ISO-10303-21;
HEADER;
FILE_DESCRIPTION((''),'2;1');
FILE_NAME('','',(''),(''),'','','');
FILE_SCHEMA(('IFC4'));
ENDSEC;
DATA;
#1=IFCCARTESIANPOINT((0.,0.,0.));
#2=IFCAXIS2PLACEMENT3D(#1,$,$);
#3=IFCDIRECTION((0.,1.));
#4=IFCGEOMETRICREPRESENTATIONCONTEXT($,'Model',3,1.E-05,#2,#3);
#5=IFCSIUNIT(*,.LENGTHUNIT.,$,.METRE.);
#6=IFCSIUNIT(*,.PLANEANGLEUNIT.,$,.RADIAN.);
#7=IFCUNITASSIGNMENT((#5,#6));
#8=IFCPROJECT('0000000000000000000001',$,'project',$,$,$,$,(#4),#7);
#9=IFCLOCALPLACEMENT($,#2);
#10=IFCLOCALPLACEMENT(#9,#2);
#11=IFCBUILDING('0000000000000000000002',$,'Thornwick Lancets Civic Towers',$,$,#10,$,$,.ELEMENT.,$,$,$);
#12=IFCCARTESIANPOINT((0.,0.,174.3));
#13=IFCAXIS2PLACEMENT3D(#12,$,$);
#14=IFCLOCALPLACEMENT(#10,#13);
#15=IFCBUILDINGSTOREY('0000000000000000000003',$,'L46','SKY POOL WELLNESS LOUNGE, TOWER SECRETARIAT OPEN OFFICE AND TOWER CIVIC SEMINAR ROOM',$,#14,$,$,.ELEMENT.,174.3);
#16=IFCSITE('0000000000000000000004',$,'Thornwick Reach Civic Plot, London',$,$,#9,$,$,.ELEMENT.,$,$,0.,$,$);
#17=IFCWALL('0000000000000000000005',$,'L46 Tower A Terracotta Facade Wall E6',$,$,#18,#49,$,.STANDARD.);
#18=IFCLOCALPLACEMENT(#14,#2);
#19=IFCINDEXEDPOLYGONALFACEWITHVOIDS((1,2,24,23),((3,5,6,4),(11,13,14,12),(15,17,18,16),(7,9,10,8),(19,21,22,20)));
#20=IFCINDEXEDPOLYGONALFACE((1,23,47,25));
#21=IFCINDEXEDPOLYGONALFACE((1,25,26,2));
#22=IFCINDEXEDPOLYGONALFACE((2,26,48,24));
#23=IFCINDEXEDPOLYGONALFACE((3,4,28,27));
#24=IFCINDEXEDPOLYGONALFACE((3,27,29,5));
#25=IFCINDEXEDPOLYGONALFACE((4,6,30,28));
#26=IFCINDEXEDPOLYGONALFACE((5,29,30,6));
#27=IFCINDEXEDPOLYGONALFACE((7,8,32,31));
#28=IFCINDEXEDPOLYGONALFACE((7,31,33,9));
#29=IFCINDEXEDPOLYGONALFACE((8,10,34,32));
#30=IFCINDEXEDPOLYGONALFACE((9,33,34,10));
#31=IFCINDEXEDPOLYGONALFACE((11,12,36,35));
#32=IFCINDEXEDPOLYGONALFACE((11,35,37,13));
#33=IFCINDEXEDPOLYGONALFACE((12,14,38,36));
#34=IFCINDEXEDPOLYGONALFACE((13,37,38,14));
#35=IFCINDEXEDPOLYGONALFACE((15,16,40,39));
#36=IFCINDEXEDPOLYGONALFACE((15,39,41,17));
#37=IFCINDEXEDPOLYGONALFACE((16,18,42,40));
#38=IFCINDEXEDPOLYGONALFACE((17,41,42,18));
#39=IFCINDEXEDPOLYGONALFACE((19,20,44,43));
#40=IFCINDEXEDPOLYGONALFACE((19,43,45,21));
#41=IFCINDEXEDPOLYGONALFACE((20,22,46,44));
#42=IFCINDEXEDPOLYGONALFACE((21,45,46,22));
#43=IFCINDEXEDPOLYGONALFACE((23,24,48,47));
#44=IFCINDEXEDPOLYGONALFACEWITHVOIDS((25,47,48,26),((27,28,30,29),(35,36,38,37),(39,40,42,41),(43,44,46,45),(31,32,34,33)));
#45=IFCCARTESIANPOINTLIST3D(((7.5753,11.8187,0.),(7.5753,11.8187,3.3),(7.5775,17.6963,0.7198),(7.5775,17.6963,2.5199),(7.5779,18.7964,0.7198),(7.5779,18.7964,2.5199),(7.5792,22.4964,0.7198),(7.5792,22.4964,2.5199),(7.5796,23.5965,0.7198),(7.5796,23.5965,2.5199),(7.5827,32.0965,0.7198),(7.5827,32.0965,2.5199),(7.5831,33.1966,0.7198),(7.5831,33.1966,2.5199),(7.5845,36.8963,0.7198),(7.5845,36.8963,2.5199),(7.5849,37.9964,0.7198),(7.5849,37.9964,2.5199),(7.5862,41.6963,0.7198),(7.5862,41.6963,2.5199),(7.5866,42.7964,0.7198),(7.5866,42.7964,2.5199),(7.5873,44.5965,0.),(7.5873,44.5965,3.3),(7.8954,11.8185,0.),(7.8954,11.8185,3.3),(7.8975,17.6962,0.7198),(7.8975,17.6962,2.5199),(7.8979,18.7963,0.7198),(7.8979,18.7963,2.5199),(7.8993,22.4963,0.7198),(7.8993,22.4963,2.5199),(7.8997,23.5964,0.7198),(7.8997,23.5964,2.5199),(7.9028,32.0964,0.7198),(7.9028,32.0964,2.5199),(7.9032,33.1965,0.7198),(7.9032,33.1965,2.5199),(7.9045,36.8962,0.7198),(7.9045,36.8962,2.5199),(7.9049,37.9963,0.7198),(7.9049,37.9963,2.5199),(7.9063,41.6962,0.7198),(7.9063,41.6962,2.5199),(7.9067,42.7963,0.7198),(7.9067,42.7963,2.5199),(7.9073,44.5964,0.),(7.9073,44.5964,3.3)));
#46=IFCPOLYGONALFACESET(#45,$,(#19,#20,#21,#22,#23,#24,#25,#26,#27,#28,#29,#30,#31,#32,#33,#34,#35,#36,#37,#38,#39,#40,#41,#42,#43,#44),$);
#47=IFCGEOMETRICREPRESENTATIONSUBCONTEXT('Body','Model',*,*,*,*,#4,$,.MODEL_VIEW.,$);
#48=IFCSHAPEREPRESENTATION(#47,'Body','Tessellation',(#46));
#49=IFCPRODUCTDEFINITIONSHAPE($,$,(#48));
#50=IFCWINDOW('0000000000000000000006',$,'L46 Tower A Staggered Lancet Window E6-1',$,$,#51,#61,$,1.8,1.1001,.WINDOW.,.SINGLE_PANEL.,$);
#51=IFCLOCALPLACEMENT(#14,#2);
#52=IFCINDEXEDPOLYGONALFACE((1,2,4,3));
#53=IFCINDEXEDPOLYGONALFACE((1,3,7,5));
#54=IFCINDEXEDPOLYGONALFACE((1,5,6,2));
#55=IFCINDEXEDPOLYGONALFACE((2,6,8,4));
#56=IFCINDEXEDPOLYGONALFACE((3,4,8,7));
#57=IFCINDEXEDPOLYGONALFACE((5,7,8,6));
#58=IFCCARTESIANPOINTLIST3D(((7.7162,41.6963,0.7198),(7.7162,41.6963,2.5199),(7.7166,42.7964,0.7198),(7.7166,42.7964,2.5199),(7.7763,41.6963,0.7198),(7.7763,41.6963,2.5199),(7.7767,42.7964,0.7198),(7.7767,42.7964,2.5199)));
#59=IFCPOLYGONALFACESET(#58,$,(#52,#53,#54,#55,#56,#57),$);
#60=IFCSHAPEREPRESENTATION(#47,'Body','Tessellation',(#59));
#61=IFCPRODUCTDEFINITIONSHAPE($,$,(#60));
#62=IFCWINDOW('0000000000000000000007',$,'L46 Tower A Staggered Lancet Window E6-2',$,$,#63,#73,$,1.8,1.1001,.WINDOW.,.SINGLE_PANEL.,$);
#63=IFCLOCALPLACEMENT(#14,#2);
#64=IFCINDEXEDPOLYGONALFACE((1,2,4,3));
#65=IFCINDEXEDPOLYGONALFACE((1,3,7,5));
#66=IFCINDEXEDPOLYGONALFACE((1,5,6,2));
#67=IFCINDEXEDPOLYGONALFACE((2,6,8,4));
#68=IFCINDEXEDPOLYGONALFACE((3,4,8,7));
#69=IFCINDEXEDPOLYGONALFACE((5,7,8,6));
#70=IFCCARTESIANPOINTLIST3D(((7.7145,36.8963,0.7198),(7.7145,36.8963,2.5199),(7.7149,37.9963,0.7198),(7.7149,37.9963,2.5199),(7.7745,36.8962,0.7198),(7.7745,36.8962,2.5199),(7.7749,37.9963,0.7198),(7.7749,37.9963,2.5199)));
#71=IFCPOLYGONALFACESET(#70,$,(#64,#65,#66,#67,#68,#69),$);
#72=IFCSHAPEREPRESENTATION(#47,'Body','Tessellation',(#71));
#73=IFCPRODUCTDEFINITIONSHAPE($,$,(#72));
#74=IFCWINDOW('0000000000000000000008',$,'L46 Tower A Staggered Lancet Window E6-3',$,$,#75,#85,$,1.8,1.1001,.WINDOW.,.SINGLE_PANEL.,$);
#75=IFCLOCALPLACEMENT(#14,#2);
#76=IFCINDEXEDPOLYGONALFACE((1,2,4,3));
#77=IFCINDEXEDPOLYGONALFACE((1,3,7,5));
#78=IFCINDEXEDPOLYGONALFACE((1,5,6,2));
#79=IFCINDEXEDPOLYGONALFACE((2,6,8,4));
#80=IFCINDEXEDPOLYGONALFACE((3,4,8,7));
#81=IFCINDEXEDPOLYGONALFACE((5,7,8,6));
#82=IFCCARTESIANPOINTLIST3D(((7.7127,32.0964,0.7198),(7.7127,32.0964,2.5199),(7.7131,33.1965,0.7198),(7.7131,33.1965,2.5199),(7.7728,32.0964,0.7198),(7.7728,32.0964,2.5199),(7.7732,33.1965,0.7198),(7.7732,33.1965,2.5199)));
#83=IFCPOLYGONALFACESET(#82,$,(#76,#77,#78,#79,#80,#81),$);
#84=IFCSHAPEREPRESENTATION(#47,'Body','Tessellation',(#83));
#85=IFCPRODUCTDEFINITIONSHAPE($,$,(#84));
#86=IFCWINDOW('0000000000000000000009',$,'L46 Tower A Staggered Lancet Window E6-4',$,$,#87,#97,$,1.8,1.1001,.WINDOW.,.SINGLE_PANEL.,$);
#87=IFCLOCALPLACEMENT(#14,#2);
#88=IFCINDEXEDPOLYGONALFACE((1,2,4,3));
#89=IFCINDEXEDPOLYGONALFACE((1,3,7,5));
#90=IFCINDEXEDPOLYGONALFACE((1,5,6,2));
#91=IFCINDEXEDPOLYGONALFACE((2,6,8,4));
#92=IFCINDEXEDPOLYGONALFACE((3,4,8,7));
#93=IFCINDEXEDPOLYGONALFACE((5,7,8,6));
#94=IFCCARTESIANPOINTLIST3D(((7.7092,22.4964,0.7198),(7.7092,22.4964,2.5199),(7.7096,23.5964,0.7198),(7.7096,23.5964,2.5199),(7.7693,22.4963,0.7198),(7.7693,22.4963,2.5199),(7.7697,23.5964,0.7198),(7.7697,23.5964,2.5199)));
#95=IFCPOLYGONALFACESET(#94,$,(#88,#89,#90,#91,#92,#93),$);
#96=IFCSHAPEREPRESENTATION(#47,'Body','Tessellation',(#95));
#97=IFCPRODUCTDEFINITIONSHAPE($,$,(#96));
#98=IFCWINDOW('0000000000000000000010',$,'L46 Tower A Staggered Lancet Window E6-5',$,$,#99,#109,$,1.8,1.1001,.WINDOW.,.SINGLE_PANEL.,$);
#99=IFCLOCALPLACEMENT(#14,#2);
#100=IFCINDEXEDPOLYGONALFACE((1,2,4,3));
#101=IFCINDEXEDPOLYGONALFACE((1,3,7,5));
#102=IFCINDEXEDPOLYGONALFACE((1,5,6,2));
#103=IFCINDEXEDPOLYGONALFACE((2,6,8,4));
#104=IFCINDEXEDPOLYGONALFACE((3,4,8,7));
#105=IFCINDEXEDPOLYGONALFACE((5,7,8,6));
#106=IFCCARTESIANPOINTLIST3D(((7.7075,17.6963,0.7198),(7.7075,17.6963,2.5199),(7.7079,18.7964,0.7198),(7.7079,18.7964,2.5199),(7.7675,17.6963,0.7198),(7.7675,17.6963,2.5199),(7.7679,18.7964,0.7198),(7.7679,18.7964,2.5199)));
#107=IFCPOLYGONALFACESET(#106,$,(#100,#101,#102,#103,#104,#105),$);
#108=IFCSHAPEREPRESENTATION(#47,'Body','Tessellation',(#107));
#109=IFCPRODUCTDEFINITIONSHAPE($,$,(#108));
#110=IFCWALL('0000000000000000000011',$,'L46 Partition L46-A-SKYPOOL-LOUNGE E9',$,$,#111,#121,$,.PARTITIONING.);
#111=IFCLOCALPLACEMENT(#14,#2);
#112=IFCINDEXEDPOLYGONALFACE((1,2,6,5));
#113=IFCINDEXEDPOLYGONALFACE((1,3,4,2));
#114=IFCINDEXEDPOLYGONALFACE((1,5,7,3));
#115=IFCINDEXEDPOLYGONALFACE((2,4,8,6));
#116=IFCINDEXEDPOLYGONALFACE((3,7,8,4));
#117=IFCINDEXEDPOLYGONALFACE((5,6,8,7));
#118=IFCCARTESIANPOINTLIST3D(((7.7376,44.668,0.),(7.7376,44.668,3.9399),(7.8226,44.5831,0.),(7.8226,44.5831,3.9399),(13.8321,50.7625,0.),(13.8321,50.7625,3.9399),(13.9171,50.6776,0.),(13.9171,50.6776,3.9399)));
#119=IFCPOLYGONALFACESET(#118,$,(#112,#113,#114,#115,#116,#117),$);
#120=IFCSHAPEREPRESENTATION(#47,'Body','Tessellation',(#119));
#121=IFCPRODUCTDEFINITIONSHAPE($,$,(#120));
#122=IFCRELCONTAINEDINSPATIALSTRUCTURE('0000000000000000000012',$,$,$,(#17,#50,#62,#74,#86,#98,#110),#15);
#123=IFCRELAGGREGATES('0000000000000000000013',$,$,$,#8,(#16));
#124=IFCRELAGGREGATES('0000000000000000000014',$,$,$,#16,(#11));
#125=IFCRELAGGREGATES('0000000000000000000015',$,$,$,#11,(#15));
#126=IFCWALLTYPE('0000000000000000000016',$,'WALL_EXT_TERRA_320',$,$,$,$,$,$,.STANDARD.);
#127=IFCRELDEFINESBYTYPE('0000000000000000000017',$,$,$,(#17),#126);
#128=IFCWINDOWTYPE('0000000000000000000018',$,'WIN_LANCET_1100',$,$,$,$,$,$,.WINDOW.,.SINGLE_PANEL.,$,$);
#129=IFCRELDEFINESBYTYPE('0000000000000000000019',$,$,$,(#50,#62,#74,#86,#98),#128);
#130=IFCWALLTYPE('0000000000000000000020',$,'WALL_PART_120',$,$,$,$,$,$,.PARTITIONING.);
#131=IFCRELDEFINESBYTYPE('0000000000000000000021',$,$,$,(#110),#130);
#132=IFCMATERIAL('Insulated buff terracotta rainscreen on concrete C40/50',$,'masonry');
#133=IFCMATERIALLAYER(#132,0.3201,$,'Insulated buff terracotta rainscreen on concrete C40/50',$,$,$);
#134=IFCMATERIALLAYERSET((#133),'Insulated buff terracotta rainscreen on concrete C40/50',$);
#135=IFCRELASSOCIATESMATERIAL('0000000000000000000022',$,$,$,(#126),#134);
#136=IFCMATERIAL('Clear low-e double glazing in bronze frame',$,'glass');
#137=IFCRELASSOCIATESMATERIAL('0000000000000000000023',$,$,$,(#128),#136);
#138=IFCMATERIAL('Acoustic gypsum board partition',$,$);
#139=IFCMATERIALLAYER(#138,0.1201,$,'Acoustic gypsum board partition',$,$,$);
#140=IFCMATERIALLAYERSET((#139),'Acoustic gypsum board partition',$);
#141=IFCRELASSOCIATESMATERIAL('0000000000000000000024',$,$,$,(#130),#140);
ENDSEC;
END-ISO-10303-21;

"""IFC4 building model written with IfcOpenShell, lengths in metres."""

from ifc_helpers import new_model, si_unit, direction, frame, frame_2d, origin, place, context, subcontext, project, spatial, rectangle, extrude, material, layer, layer_set, type_object, element, fill, save


model = new_model("IFC4")

# Units and contexts
model_context = context("Model", 3, precision=1e-05, world=origin(), true_north=direction((0.0, 1.0)))
body_context = subcontext(model_context, "Body", "Model", "MODEL_VIEW")
ifc_project = project(units=[si_unit("LENGTHUNIT", "METRE"), si_unit("PLANEANGLEUNIT", "RADIAN")], contexts=[model_context])

# Site, building, storey
site_placement = place(None, origin())
site = spatial("IfcSite", under=ifc_project, at=site_placement, Name="Thornwick Reach Civic Plot, London", CompositionType="ELEMENT", RefElevation=0.0)
building_placement = place(site_placement, origin())
building = spatial("IfcBuilding", under=site, at=building_placement, Name="Thornwick Lancets Civic Towers", CompositionType="ELEMENT")
storey_placement = place(building_placement, frame((0.0, 0.0, 174.3)))
storey = spatial("IfcBuildingStorey", under=building, at=storey_placement, Name="L46", Description="SKY POOL WELLNESS LOUNGE, TOWER SECRETARIAT OPEN OFFICE AND TOWER CIVIC SEMINAR ROOM", CompositionType="ELEMENT", Elevation=174.3)

# Wall, openings, windows
ifc_material_1 = material(Name="Insulated buff terracotta rainscreen on concrete C40/50", Category="masonry")
ifc_layer_1 = layer(ifc_material_1, 0.3201, Name="Insulated buff terracotta rainscreen on concrete C40/50")
ifc_layer_set_1 = layer_set([ifc_layer_1], Name="Insulated buff terracotta rainscreen on concrete C40/50")
wall_type_1 = type_object("IfcWallType", Name="WALL_EXT_TERRA_320", PredefinedType="STANDARD", material=ifc_layer_set_1)
wall_1_placement = place(storey_placement, frame((7.7473, 44.5964, 0.0), z_axis=(0.0, 0.0, 1.0), x_axis=(-0.000365, -1.0, 0.0)))
wall_1 = element("IfcWall", 1, at=wall_1_placement, inside=storey, type_object=wall_type_1, Name="L46 Tower A Terracotta Facade Wall E6", PredefinedType="STANDARD", context=body_context, shape_type="SweptSolid", body=[
    extrude(rectangle(XDim=32.7778, YDim=0.3201, at=frame_2d((16.3889, 0.0))), origin(), (0.0, 0.0, 1.0), 3.3),
])
opening_1_placement = place(wall_1_placement, frame((1.8, 0.0, 0.72)))
opening_1 = element("IfcOpeningElement", 2, at=opening_1_placement, cuts=wall_1, PredefinedType="OPENING", context=body_context, shape_type="SweptSolid", body=[
    extrude(rectangle(XDim=1.1001, YDim=1.8, at=frame_2d((0.55, 0.8999))), frame((0.0, 0.1699, 0.0), z_axis=(0.0, -1.0, 0.0), x_axis=(1.0, 0.0, 0.0)), (0.0, 0.0, 1.0), 0.3401),
])
opening_2_placement = place(wall_1_placement, frame((6.6001, 0.0, 0.72)))
opening_2 = element("IfcOpeningElement", 3, at=opening_2_placement, cuts=wall_1, PredefinedType="OPENING", context=body_context, shape_type="SweptSolid", body=[
    extrude(rectangle(XDim=1.1001, YDim=1.8, at=frame_2d((0.55, 0.8999))), frame((0.0, 0.1699, 0.0), z_axis=(0.0, -1.0, 0.0), x_axis=(1.0, 0.0, 0.0)), (0.0, 0.0, 1.0), 0.3401),
])
opening_3_placement = place(wall_1_placement, frame((11.3999, 0.0, 0.72)))
opening_3 = element("IfcOpeningElement", 4, at=opening_3_placement, cuts=wall_1, PredefinedType="OPENING", context=body_context, shape_type="SweptSolid", body=[
    extrude(rectangle(XDim=1.1001, YDim=1.8, at=frame_2d((0.55, 0.8999))), frame((0.0, 0.1699, 0.0), z_axis=(0.0, -1.0, 0.0), x_axis=(1.0, 0.0, 0.0)), (0.0, 0.0, 1.0), 0.3401),
])
opening_4_placement = place(wall_1_placement, frame((21.0, 0.0, 0.72)))
opening_4 = element("IfcOpeningElement", 5, at=opening_4_placement, cuts=wall_1, PredefinedType="OPENING", context=body_context, shape_type="SweptSolid", body=[
    extrude(rectangle(XDim=1.1001, YDim=1.8, at=frame_2d((0.55, 0.8999))), frame((0.0, 0.1699, 0.0), z_axis=(0.0, -1.0, 0.0), x_axis=(1.0, 0.0, 0.0)), (0.0, 0.0, 1.0), 0.3401),
])
opening_5_placement = place(wall_1_placement, frame((25.8, 0.0, 0.72)))
opening_5 = element("IfcOpeningElement", 6, at=opening_5_placement, cuts=wall_1, PredefinedType="OPENING", context=body_context, shape_type="SweptSolid", body=[
    extrude(rectangle(XDim=1.1001, YDim=1.8, at=frame_2d((0.55, 0.8999))), frame((0.0, 0.1699, 0.0), z_axis=(0.0, -1.0, 0.0), x_axis=(1.0, 0.0, 0.0)), (0.0, 0.0, 1.0), 0.3401),
])
ifc_material_2 = material(Name="Clear low-e double glazing in bronze frame", Category="glass")
window_type = type_object("IfcWindowType", Name="WIN_LANCET_1100", PartitioningType="SINGLE_PANEL", PredefinedType="WINDOW", material=ifc_material_2)
window_1_placement = place(opening_1_placement, origin())
window_1 = element("IfcWindow", 7, at=window_1_placement, inside=storey, type_object=window_type, Name="L46 Tower A Staggered Lancet Window E6-1", OverallHeight=1.8, OverallWidth=1.1001, PartitioningType="SINGLE_PANEL", PredefinedType="WINDOW", context=body_context, shape_type="SweptSolid", body=[
    extrude(rectangle(XDim=1.1001, YDim=1.8, at=frame_2d((0.55, 0.8999))), frame((0.0, 0.03, 0.0), z_axis=(0.0, -1.0, 0.0), x_axis=(1.0, 0.0, 0.0)), (0.0, 0.0, 1.0), 0.0601),
])
fill(opening_1, window_1)
window_2_placement = place(opening_2_placement, origin())
window_2 = element("IfcWindow", 8, at=window_2_placement, inside=storey, type_object=window_type, Name="L46 Tower A Staggered Lancet Window E6-2", OverallHeight=1.8, OverallWidth=1.1001, PartitioningType="SINGLE_PANEL", PredefinedType="WINDOW", context=body_context, shape_type="SweptSolid", body=[
    extrude(rectangle(XDim=1.1001, YDim=1.8, at=frame_2d((0.55, 0.8999))), frame((0.0, 0.03, 0.0), z_axis=(0.0, -1.0, 0.0), x_axis=(1.0, 0.0, 0.0)), (0.0, 0.0, 1.0), 0.0601),
])
fill(opening_2, window_2)
window_3_placement = place(opening_3_placement, origin())
window_3 = element("IfcWindow", 9, at=window_3_placement, inside=storey, type_object=window_type, Name="L46 Tower A Staggered Lancet Window E6-3", OverallHeight=1.8, OverallWidth=1.1001, PartitioningType="SINGLE_PANEL", PredefinedType="WINDOW", context=body_context, shape_type="SweptSolid", body=[
    extrude(rectangle(XDim=1.1001, YDim=1.8, at=frame_2d((0.55, 0.8999))), frame((0.0, 0.03, 0.0), z_axis=(0.0, -1.0, 0.0), x_axis=(1.0, 0.0, 0.0)), (0.0, 0.0, 1.0), 0.0601),
])
fill(opening_3, window_3)
window_4_placement = place(opening_4_placement, origin())
window_4 = element("IfcWindow", 10, at=window_4_placement, inside=storey, type_object=window_type, Name="L46 Tower A Staggered Lancet Window E6-4", OverallHeight=1.8, OverallWidth=1.1001, PartitioningType="SINGLE_PANEL", PredefinedType="WINDOW", context=body_context, shape_type="SweptSolid", body=[
    extrude(rectangle(XDim=1.1001, YDim=1.8, at=frame_2d((0.55, 0.8999))), frame((0.0, 0.03, 0.0), z_axis=(0.0, -1.0, 0.0), x_axis=(1.0, 0.0, 0.0)), (0.0, 0.0, 1.0), 0.0601),
])
fill(opening_4, window_4)
window_5_placement = place(opening_5_placement, origin())
window_5 = element("IfcWindow", 11, at=window_5_placement, inside=storey, type_object=window_type, Name="L46 Tower A Staggered Lancet Window E6-5", OverallHeight=1.8, OverallWidth=1.1001, PartitioningType="SINGLE_PANEL", PredefinedType="WINDOW", context=body_context, shape_type="SweptSolid", body=[
    extrude(rectangle(XDim=1.1001, YDim=1.8, at=frame_2d((0.55, 0.8999))), frame((0.0, 0.03, 0.0), z_axis=(0.0, -1.0, 0.0), x_axis=(1.0, 0.0, 0.0)), (0.0, 0.0, 1.0), 0.0601),
])
fill(opening_5, window_5)

# Wall
ifc_material_3 = material(Name="Acoustic gypsum board partition")
ifc_layer_2 = layer(ifc_material_3, 0.1201, Name="Acoustic gypsum board partition")
ifc_layer_set_2 = layer_set([ifc_layer_2], Name="Acoustic gypsum board partition")
wall_type_2 = type_object("IfcWallType", Name="WALL_PART_120", PredefinedType="PARTITIONING", material=ifc_layer_set_2)
wall_2_placement = place(storey_placement, frame((7.78, 44.6255, 0.0), z_axis=(0.0, 0.0, 1.0), x_axis=(0.707107, 0.707107, 0.0)))
element("IfcWall", 12, at=wall_2_placement, inside=storey, type_object=wall_type_2, Name="L46 Partition L46-A-SKYPOOL-LOUNGE E9", PredefinedType="PARTITIONING", context=body_context, shape_type="SweptSolid", body=[
    extrude(rectangle(XDim=8.6189, YDim=0.1201, at=frame_2d((4.3096, 0.0))), origin(), (0.0, 0.0, 1.0), 3.9399),
])

save(model, "model.ifc")
